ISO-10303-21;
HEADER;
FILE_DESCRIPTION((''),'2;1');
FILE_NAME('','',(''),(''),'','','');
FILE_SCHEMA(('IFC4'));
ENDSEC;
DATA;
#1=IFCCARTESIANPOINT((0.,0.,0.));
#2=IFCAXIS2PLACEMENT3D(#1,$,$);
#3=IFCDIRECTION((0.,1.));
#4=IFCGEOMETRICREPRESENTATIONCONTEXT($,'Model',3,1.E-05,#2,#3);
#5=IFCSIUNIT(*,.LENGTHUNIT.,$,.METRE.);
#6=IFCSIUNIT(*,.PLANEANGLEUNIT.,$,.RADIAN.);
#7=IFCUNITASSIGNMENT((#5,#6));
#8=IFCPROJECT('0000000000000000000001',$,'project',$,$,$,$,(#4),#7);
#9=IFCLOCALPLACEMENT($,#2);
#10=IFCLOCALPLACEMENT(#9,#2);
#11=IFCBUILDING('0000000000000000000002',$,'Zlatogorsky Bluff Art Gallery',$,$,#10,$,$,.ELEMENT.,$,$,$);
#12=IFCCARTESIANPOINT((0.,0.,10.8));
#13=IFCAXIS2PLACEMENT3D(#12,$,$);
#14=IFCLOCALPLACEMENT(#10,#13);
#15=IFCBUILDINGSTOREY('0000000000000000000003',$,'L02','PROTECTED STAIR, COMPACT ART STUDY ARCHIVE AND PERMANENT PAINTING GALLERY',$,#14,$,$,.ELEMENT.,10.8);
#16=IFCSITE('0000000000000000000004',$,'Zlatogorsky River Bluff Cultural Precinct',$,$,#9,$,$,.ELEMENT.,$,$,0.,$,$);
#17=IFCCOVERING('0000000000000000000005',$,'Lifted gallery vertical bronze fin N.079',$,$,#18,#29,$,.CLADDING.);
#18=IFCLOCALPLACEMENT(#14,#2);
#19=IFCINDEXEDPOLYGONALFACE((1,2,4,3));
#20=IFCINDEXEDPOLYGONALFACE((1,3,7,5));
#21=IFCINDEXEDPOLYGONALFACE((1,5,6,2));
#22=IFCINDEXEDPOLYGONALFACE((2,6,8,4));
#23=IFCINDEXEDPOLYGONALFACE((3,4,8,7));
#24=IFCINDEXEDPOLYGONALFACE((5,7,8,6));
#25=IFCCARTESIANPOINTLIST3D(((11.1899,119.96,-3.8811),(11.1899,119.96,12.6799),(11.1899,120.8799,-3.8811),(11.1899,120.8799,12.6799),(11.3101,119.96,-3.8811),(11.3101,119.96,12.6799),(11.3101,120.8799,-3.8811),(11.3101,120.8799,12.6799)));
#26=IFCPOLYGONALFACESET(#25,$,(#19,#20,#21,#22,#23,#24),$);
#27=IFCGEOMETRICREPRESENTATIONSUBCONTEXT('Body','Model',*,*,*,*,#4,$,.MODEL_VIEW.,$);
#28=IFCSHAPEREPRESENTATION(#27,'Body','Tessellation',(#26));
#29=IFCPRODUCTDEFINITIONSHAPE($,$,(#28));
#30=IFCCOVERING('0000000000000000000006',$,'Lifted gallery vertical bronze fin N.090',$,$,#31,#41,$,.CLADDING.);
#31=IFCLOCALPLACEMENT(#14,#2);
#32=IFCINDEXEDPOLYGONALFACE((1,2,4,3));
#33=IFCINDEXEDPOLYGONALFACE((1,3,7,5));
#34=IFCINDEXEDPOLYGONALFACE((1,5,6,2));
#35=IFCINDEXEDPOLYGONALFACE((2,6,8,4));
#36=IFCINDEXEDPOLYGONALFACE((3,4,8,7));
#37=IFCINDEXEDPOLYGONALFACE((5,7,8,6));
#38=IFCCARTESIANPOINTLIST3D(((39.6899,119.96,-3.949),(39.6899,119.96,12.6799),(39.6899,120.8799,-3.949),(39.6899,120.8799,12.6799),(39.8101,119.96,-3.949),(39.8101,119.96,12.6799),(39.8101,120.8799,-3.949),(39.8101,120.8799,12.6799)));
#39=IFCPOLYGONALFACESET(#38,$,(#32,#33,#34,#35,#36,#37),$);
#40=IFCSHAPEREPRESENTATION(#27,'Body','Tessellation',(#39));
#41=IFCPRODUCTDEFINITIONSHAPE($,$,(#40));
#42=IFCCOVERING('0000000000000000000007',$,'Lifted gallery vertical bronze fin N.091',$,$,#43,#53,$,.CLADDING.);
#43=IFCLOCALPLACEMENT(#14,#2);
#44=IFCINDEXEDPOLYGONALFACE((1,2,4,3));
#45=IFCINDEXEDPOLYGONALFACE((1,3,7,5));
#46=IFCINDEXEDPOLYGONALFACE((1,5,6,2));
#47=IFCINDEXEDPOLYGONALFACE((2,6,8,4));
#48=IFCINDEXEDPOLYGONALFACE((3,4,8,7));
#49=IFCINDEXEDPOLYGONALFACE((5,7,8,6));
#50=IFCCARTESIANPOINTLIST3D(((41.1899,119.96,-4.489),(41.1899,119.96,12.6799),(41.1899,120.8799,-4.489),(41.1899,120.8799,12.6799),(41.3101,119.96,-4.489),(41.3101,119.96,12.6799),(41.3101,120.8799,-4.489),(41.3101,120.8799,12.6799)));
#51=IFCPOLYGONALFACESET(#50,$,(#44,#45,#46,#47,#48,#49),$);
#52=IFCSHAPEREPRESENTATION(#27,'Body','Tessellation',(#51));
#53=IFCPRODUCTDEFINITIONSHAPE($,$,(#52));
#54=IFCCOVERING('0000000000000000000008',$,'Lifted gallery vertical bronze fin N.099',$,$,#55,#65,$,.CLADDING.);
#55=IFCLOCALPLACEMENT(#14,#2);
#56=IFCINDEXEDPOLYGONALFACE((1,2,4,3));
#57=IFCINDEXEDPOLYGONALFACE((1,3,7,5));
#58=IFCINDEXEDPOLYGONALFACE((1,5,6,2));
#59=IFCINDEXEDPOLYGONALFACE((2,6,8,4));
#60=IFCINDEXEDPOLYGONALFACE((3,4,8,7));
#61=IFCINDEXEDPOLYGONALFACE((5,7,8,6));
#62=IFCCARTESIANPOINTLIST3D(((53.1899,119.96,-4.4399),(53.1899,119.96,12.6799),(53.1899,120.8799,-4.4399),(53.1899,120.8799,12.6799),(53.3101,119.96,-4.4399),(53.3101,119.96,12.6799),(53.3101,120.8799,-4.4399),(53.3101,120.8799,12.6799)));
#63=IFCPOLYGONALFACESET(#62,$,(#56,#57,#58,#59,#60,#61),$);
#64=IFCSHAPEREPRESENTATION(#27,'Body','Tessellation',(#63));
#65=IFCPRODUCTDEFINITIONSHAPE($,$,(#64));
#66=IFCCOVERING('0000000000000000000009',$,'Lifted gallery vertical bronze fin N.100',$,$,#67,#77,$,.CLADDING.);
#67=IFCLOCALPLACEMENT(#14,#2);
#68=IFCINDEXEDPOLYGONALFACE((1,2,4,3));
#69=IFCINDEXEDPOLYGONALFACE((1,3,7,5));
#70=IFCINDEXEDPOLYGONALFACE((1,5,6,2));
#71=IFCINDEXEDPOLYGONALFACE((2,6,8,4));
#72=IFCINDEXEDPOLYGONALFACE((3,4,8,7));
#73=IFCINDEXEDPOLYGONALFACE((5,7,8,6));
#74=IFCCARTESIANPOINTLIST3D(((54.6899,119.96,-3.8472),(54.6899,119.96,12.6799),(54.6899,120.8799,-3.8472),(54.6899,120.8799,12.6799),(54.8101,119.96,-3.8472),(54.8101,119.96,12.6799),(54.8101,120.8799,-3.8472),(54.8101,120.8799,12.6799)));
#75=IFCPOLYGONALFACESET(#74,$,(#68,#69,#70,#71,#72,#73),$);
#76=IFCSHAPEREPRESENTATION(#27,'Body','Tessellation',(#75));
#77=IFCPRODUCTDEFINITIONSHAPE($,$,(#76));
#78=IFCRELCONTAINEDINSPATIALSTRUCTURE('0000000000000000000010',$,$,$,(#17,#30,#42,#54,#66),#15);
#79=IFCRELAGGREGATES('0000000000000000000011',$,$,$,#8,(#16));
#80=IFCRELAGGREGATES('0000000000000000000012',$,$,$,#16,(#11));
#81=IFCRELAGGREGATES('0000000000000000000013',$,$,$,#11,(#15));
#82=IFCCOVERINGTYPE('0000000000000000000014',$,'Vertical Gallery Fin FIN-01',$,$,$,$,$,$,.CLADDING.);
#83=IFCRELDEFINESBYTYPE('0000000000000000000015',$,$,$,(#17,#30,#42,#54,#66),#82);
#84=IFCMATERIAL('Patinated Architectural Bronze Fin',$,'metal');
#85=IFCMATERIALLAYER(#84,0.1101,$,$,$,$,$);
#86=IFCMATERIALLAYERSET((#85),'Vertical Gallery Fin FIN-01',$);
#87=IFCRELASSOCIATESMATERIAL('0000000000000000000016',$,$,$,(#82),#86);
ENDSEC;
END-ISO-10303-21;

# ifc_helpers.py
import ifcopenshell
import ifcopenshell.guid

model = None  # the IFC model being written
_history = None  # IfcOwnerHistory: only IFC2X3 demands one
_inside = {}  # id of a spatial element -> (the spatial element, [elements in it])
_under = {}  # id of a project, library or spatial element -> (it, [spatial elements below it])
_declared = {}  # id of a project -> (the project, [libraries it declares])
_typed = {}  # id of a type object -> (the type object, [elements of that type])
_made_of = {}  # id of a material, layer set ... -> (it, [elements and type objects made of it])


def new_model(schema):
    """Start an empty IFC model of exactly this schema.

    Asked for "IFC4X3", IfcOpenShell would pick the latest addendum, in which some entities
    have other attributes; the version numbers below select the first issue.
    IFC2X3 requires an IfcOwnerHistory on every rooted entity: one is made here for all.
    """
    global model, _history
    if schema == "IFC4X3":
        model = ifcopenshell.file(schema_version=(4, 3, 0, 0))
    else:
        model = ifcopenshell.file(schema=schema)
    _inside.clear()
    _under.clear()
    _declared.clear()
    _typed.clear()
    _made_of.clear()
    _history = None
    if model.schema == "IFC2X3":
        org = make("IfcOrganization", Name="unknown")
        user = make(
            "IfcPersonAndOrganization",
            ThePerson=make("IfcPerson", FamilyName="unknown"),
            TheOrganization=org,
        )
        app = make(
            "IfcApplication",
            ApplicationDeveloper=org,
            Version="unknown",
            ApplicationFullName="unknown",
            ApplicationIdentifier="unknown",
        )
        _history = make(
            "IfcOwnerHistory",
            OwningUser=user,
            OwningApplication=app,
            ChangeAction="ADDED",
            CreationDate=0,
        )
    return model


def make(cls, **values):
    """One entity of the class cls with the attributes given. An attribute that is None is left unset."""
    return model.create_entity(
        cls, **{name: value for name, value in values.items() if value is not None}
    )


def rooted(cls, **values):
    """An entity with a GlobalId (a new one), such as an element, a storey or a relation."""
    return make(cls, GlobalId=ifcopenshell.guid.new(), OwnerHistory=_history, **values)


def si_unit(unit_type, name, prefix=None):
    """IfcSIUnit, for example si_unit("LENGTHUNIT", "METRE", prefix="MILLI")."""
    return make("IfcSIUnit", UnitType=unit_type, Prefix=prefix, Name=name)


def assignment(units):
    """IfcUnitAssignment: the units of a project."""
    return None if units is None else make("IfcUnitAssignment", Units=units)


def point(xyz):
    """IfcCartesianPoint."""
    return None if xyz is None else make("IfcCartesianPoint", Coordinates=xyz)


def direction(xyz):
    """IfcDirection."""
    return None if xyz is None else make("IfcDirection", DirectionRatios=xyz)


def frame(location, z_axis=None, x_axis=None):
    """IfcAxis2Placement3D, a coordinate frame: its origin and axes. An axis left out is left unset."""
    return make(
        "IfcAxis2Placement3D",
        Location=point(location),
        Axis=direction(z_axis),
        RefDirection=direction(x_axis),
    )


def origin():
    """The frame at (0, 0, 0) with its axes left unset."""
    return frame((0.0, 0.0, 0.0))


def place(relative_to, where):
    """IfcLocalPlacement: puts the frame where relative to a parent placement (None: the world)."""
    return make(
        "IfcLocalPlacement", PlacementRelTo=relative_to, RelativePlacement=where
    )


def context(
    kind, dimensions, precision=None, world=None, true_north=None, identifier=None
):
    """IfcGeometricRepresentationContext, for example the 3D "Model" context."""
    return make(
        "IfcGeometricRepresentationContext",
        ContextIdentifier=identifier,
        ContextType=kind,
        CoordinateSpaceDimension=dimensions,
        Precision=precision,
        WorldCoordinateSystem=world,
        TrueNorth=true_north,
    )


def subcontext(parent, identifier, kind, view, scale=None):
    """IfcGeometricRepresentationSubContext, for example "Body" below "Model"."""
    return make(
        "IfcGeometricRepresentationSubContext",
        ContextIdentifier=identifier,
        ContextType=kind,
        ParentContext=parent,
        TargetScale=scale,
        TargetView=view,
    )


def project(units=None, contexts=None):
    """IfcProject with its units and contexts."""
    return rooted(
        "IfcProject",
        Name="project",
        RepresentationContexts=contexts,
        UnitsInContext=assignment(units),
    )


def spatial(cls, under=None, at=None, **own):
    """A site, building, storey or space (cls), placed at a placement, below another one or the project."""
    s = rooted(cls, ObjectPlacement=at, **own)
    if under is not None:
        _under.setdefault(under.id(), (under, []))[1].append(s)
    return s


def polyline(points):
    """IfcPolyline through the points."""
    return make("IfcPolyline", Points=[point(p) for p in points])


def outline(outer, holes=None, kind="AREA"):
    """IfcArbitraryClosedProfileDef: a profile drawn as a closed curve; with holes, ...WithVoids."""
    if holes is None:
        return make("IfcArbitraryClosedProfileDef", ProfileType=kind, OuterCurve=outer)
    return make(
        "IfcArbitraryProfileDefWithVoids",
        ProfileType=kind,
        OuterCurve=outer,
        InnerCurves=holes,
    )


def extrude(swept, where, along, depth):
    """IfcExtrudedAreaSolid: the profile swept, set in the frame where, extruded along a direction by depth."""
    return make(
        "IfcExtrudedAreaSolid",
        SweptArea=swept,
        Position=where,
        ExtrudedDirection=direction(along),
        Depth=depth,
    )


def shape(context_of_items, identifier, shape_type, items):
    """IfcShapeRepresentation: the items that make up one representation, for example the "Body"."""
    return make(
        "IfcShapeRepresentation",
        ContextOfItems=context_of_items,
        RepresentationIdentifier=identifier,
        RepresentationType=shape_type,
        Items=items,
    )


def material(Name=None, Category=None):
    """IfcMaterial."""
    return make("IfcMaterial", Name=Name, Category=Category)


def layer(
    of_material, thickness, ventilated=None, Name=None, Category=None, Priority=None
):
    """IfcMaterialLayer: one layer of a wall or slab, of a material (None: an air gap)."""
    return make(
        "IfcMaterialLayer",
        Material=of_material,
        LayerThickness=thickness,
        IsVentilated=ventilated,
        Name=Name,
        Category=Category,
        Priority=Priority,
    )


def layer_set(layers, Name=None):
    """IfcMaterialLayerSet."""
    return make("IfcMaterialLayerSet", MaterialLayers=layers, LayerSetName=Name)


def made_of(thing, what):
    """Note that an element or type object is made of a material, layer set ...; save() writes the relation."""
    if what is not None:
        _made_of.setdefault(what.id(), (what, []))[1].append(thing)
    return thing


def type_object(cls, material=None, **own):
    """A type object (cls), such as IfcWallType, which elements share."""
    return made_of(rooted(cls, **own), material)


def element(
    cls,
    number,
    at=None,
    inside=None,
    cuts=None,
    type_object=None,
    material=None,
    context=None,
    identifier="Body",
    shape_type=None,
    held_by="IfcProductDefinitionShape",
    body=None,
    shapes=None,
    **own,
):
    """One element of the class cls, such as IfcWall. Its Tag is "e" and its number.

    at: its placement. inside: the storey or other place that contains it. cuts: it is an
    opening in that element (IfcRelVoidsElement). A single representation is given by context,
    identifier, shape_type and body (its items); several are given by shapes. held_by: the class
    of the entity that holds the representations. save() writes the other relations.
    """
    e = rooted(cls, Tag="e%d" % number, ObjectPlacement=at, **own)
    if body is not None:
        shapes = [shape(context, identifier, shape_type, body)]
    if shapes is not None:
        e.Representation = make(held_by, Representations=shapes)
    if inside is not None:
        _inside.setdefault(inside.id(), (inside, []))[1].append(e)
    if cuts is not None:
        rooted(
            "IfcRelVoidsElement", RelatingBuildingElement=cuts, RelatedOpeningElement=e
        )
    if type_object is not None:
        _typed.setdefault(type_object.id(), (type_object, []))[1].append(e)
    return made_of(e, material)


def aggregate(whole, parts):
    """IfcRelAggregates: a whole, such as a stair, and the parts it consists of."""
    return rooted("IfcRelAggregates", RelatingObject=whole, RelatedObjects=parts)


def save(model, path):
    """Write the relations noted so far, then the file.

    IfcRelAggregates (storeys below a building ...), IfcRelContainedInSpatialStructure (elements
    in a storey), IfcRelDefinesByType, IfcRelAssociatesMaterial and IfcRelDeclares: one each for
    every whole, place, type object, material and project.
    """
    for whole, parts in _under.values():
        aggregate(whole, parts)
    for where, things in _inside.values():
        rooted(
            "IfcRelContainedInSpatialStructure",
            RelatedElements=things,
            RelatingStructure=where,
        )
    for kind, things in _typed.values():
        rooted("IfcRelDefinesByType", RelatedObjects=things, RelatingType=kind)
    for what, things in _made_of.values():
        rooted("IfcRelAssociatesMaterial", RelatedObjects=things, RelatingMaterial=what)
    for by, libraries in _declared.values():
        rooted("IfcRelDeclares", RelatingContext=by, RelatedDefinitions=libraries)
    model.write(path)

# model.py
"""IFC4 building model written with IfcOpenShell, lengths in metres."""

from ifc_helpers import new_model, si_unit, direction, frame, origin, place, context, subcontext, project, spatial, polyline, outline, extrude, material, layer, layer_set, type_object, element, save


model = new_model("IFC4")

# Units and contexts
model_context = context("Model", 3, precision=1e-05, world=origin(), true_north=direction((0.0, 1.0)))
body_context = subcontext(model_context, "Body", "Model", "MODEL_VIEW")
ifc_project = project(units=[si_unit("LENGTHUNIT", "METRE"), si_unit("PLANEANGLEUNIT", "RADIAN")], contexts=[model_context])

# Site, building, storey
site_placement = place(None, origin())
site = spatial("IfcSite", under=ifc_project, at=site_placement, Name="Zlatogorsky River Bluff Cultural Precinct", CompositionType="ELEMENT", RefElevation=0.0)
building_placement = place(site_placement, origin())
building = spatial("IfcBuilding", under=site, at=building_placement, Name="Zlatogorsky Bluff Art Gallery", CompositionType="ELEMENT")
storey_placement = place(building_placement, frame((0.0, 0.0, 10.8)))
storey = spatial("IfcBuildingStorey", under=building, at=storey_placement, Name="L02", Description="PROTECTED STAIR, COMPACT ART STUDY ARCHIVE AND PERMANENT PAINTING GALLERY", CompositionType="ELEMENT", Elevation=10.8)

# Coverings
ifc_material_1 = material(Name="Patinated Architectural Bronze Fin", Category="metal")
ifc_layer_1 = layer(ifc_material_1, 0.1101)
ifc_layer_set_1 = layer_set([ifc_layer_1], Name="Vertical Gallery Fin FIN-01")
covering_type_1 = type_object("IfcCoveringType", Name="Vertical Gallery Fin FIN-01", PredefinedType="CLADDING", material=ifc_layer_set_1)
covering_1_placement = place(storey_placement, frame((0.0, 0.0, -3.8811)))
element("IfcCovering", 1, at=covering_1_placement, inside=storey, type_object=covering_type_1, Name="Lifted gallery vertical bronze fin N.079", PredefinedType="CLADDING", context=body_context, shape_type="SweptSolid", body=[
    extrude(outline(polyline([(11.1899, 119.96), (11.3101, 119.96), (11.3101, 120.8799), (11.1899, 120.8799), (11.1899, 119.96)])), origin(), (0.0, 0.0, 1.0), 16.561),
])
covering_2_placement = place(storey_placement, frame((0.0, 0.0, -3.949)))
element("IfcCovering", 2, at=covering_2_placement, inside=storey, type_object=covering_type_1, Name="Lifted gallery vertical bronze fin N.090", PredefinedType="CLADDING", context=body_context, shape_type="SweptSolid", body=[
    extrude(outline(polyline([(39.6899, 119.96), (39.8101, 119.96), (39.8101, 120.8799), (39.6899, 120.8799), (39.6899, 119.96)])), origin(), (0.0, 0.0, 1.0), 16.6289),
])
covering_3_placement = place(storey_placement, frame((0.0, 0.0, -4.489)))
element("IfcCovering", 3, at=covering_3_placement, inside=storey, type_object=covering_type_1, Name="Lifted gallery vertical bronze fin N.091", PredefinedType="CLADDING", context=body_context, shape_type="SweptSolid", body=[
    extrude(outline(polyline([(41.1899, 119.96), (41.3101, 119.96), (41.3101, 120.8799), (41.1899, 120.8799), (41.1899, 119.96)])), origin(), (0.0, 0.0, 1.0), 17.1689),
])
covering_4_placement = place(storey_placement, frame((0.0, 0.0, -4.4399)))
element("IfcCovering", 4, at=covering_4_placement, inside=storey, type_object=covering_type_1, Name="Lifted gallery vertical bronze fin N.099", PredefinedType="CLADDING", context=body_context, shape_type="SweptSolid", body=[
    extrude(outline(polyline([(53.1899, 119.96), (53.3101, 119.96), (53.3101, 120.8799), (53.1899, 120.8799), (53.1899, 119.96)])), origin(), (0.0, 0.0, 1.0), 17.1199),
])
covering_5_placement = place(storey_placement, frame((0.0, 0.0, -3.8472)))
element("IfcCovering", 5, at=covering_5_placement, inside=storey, type_object=covering_type_1, Name="Lifted gallery vertical bronze fin N.100", PredefinedType="CLADDING", context=body_context, shape_type="SweptSolid", body=[
    extrude(outline(polyline([(54.6899, 119.96), (54.8101, 119.96), (54.8101, 120.8799), (54.6899, 120.8799), (54.6899, 119.96)])), origin(), (0.0, 0.0, 1.0), 16.5271),
])

save(model, "model.ifc")
